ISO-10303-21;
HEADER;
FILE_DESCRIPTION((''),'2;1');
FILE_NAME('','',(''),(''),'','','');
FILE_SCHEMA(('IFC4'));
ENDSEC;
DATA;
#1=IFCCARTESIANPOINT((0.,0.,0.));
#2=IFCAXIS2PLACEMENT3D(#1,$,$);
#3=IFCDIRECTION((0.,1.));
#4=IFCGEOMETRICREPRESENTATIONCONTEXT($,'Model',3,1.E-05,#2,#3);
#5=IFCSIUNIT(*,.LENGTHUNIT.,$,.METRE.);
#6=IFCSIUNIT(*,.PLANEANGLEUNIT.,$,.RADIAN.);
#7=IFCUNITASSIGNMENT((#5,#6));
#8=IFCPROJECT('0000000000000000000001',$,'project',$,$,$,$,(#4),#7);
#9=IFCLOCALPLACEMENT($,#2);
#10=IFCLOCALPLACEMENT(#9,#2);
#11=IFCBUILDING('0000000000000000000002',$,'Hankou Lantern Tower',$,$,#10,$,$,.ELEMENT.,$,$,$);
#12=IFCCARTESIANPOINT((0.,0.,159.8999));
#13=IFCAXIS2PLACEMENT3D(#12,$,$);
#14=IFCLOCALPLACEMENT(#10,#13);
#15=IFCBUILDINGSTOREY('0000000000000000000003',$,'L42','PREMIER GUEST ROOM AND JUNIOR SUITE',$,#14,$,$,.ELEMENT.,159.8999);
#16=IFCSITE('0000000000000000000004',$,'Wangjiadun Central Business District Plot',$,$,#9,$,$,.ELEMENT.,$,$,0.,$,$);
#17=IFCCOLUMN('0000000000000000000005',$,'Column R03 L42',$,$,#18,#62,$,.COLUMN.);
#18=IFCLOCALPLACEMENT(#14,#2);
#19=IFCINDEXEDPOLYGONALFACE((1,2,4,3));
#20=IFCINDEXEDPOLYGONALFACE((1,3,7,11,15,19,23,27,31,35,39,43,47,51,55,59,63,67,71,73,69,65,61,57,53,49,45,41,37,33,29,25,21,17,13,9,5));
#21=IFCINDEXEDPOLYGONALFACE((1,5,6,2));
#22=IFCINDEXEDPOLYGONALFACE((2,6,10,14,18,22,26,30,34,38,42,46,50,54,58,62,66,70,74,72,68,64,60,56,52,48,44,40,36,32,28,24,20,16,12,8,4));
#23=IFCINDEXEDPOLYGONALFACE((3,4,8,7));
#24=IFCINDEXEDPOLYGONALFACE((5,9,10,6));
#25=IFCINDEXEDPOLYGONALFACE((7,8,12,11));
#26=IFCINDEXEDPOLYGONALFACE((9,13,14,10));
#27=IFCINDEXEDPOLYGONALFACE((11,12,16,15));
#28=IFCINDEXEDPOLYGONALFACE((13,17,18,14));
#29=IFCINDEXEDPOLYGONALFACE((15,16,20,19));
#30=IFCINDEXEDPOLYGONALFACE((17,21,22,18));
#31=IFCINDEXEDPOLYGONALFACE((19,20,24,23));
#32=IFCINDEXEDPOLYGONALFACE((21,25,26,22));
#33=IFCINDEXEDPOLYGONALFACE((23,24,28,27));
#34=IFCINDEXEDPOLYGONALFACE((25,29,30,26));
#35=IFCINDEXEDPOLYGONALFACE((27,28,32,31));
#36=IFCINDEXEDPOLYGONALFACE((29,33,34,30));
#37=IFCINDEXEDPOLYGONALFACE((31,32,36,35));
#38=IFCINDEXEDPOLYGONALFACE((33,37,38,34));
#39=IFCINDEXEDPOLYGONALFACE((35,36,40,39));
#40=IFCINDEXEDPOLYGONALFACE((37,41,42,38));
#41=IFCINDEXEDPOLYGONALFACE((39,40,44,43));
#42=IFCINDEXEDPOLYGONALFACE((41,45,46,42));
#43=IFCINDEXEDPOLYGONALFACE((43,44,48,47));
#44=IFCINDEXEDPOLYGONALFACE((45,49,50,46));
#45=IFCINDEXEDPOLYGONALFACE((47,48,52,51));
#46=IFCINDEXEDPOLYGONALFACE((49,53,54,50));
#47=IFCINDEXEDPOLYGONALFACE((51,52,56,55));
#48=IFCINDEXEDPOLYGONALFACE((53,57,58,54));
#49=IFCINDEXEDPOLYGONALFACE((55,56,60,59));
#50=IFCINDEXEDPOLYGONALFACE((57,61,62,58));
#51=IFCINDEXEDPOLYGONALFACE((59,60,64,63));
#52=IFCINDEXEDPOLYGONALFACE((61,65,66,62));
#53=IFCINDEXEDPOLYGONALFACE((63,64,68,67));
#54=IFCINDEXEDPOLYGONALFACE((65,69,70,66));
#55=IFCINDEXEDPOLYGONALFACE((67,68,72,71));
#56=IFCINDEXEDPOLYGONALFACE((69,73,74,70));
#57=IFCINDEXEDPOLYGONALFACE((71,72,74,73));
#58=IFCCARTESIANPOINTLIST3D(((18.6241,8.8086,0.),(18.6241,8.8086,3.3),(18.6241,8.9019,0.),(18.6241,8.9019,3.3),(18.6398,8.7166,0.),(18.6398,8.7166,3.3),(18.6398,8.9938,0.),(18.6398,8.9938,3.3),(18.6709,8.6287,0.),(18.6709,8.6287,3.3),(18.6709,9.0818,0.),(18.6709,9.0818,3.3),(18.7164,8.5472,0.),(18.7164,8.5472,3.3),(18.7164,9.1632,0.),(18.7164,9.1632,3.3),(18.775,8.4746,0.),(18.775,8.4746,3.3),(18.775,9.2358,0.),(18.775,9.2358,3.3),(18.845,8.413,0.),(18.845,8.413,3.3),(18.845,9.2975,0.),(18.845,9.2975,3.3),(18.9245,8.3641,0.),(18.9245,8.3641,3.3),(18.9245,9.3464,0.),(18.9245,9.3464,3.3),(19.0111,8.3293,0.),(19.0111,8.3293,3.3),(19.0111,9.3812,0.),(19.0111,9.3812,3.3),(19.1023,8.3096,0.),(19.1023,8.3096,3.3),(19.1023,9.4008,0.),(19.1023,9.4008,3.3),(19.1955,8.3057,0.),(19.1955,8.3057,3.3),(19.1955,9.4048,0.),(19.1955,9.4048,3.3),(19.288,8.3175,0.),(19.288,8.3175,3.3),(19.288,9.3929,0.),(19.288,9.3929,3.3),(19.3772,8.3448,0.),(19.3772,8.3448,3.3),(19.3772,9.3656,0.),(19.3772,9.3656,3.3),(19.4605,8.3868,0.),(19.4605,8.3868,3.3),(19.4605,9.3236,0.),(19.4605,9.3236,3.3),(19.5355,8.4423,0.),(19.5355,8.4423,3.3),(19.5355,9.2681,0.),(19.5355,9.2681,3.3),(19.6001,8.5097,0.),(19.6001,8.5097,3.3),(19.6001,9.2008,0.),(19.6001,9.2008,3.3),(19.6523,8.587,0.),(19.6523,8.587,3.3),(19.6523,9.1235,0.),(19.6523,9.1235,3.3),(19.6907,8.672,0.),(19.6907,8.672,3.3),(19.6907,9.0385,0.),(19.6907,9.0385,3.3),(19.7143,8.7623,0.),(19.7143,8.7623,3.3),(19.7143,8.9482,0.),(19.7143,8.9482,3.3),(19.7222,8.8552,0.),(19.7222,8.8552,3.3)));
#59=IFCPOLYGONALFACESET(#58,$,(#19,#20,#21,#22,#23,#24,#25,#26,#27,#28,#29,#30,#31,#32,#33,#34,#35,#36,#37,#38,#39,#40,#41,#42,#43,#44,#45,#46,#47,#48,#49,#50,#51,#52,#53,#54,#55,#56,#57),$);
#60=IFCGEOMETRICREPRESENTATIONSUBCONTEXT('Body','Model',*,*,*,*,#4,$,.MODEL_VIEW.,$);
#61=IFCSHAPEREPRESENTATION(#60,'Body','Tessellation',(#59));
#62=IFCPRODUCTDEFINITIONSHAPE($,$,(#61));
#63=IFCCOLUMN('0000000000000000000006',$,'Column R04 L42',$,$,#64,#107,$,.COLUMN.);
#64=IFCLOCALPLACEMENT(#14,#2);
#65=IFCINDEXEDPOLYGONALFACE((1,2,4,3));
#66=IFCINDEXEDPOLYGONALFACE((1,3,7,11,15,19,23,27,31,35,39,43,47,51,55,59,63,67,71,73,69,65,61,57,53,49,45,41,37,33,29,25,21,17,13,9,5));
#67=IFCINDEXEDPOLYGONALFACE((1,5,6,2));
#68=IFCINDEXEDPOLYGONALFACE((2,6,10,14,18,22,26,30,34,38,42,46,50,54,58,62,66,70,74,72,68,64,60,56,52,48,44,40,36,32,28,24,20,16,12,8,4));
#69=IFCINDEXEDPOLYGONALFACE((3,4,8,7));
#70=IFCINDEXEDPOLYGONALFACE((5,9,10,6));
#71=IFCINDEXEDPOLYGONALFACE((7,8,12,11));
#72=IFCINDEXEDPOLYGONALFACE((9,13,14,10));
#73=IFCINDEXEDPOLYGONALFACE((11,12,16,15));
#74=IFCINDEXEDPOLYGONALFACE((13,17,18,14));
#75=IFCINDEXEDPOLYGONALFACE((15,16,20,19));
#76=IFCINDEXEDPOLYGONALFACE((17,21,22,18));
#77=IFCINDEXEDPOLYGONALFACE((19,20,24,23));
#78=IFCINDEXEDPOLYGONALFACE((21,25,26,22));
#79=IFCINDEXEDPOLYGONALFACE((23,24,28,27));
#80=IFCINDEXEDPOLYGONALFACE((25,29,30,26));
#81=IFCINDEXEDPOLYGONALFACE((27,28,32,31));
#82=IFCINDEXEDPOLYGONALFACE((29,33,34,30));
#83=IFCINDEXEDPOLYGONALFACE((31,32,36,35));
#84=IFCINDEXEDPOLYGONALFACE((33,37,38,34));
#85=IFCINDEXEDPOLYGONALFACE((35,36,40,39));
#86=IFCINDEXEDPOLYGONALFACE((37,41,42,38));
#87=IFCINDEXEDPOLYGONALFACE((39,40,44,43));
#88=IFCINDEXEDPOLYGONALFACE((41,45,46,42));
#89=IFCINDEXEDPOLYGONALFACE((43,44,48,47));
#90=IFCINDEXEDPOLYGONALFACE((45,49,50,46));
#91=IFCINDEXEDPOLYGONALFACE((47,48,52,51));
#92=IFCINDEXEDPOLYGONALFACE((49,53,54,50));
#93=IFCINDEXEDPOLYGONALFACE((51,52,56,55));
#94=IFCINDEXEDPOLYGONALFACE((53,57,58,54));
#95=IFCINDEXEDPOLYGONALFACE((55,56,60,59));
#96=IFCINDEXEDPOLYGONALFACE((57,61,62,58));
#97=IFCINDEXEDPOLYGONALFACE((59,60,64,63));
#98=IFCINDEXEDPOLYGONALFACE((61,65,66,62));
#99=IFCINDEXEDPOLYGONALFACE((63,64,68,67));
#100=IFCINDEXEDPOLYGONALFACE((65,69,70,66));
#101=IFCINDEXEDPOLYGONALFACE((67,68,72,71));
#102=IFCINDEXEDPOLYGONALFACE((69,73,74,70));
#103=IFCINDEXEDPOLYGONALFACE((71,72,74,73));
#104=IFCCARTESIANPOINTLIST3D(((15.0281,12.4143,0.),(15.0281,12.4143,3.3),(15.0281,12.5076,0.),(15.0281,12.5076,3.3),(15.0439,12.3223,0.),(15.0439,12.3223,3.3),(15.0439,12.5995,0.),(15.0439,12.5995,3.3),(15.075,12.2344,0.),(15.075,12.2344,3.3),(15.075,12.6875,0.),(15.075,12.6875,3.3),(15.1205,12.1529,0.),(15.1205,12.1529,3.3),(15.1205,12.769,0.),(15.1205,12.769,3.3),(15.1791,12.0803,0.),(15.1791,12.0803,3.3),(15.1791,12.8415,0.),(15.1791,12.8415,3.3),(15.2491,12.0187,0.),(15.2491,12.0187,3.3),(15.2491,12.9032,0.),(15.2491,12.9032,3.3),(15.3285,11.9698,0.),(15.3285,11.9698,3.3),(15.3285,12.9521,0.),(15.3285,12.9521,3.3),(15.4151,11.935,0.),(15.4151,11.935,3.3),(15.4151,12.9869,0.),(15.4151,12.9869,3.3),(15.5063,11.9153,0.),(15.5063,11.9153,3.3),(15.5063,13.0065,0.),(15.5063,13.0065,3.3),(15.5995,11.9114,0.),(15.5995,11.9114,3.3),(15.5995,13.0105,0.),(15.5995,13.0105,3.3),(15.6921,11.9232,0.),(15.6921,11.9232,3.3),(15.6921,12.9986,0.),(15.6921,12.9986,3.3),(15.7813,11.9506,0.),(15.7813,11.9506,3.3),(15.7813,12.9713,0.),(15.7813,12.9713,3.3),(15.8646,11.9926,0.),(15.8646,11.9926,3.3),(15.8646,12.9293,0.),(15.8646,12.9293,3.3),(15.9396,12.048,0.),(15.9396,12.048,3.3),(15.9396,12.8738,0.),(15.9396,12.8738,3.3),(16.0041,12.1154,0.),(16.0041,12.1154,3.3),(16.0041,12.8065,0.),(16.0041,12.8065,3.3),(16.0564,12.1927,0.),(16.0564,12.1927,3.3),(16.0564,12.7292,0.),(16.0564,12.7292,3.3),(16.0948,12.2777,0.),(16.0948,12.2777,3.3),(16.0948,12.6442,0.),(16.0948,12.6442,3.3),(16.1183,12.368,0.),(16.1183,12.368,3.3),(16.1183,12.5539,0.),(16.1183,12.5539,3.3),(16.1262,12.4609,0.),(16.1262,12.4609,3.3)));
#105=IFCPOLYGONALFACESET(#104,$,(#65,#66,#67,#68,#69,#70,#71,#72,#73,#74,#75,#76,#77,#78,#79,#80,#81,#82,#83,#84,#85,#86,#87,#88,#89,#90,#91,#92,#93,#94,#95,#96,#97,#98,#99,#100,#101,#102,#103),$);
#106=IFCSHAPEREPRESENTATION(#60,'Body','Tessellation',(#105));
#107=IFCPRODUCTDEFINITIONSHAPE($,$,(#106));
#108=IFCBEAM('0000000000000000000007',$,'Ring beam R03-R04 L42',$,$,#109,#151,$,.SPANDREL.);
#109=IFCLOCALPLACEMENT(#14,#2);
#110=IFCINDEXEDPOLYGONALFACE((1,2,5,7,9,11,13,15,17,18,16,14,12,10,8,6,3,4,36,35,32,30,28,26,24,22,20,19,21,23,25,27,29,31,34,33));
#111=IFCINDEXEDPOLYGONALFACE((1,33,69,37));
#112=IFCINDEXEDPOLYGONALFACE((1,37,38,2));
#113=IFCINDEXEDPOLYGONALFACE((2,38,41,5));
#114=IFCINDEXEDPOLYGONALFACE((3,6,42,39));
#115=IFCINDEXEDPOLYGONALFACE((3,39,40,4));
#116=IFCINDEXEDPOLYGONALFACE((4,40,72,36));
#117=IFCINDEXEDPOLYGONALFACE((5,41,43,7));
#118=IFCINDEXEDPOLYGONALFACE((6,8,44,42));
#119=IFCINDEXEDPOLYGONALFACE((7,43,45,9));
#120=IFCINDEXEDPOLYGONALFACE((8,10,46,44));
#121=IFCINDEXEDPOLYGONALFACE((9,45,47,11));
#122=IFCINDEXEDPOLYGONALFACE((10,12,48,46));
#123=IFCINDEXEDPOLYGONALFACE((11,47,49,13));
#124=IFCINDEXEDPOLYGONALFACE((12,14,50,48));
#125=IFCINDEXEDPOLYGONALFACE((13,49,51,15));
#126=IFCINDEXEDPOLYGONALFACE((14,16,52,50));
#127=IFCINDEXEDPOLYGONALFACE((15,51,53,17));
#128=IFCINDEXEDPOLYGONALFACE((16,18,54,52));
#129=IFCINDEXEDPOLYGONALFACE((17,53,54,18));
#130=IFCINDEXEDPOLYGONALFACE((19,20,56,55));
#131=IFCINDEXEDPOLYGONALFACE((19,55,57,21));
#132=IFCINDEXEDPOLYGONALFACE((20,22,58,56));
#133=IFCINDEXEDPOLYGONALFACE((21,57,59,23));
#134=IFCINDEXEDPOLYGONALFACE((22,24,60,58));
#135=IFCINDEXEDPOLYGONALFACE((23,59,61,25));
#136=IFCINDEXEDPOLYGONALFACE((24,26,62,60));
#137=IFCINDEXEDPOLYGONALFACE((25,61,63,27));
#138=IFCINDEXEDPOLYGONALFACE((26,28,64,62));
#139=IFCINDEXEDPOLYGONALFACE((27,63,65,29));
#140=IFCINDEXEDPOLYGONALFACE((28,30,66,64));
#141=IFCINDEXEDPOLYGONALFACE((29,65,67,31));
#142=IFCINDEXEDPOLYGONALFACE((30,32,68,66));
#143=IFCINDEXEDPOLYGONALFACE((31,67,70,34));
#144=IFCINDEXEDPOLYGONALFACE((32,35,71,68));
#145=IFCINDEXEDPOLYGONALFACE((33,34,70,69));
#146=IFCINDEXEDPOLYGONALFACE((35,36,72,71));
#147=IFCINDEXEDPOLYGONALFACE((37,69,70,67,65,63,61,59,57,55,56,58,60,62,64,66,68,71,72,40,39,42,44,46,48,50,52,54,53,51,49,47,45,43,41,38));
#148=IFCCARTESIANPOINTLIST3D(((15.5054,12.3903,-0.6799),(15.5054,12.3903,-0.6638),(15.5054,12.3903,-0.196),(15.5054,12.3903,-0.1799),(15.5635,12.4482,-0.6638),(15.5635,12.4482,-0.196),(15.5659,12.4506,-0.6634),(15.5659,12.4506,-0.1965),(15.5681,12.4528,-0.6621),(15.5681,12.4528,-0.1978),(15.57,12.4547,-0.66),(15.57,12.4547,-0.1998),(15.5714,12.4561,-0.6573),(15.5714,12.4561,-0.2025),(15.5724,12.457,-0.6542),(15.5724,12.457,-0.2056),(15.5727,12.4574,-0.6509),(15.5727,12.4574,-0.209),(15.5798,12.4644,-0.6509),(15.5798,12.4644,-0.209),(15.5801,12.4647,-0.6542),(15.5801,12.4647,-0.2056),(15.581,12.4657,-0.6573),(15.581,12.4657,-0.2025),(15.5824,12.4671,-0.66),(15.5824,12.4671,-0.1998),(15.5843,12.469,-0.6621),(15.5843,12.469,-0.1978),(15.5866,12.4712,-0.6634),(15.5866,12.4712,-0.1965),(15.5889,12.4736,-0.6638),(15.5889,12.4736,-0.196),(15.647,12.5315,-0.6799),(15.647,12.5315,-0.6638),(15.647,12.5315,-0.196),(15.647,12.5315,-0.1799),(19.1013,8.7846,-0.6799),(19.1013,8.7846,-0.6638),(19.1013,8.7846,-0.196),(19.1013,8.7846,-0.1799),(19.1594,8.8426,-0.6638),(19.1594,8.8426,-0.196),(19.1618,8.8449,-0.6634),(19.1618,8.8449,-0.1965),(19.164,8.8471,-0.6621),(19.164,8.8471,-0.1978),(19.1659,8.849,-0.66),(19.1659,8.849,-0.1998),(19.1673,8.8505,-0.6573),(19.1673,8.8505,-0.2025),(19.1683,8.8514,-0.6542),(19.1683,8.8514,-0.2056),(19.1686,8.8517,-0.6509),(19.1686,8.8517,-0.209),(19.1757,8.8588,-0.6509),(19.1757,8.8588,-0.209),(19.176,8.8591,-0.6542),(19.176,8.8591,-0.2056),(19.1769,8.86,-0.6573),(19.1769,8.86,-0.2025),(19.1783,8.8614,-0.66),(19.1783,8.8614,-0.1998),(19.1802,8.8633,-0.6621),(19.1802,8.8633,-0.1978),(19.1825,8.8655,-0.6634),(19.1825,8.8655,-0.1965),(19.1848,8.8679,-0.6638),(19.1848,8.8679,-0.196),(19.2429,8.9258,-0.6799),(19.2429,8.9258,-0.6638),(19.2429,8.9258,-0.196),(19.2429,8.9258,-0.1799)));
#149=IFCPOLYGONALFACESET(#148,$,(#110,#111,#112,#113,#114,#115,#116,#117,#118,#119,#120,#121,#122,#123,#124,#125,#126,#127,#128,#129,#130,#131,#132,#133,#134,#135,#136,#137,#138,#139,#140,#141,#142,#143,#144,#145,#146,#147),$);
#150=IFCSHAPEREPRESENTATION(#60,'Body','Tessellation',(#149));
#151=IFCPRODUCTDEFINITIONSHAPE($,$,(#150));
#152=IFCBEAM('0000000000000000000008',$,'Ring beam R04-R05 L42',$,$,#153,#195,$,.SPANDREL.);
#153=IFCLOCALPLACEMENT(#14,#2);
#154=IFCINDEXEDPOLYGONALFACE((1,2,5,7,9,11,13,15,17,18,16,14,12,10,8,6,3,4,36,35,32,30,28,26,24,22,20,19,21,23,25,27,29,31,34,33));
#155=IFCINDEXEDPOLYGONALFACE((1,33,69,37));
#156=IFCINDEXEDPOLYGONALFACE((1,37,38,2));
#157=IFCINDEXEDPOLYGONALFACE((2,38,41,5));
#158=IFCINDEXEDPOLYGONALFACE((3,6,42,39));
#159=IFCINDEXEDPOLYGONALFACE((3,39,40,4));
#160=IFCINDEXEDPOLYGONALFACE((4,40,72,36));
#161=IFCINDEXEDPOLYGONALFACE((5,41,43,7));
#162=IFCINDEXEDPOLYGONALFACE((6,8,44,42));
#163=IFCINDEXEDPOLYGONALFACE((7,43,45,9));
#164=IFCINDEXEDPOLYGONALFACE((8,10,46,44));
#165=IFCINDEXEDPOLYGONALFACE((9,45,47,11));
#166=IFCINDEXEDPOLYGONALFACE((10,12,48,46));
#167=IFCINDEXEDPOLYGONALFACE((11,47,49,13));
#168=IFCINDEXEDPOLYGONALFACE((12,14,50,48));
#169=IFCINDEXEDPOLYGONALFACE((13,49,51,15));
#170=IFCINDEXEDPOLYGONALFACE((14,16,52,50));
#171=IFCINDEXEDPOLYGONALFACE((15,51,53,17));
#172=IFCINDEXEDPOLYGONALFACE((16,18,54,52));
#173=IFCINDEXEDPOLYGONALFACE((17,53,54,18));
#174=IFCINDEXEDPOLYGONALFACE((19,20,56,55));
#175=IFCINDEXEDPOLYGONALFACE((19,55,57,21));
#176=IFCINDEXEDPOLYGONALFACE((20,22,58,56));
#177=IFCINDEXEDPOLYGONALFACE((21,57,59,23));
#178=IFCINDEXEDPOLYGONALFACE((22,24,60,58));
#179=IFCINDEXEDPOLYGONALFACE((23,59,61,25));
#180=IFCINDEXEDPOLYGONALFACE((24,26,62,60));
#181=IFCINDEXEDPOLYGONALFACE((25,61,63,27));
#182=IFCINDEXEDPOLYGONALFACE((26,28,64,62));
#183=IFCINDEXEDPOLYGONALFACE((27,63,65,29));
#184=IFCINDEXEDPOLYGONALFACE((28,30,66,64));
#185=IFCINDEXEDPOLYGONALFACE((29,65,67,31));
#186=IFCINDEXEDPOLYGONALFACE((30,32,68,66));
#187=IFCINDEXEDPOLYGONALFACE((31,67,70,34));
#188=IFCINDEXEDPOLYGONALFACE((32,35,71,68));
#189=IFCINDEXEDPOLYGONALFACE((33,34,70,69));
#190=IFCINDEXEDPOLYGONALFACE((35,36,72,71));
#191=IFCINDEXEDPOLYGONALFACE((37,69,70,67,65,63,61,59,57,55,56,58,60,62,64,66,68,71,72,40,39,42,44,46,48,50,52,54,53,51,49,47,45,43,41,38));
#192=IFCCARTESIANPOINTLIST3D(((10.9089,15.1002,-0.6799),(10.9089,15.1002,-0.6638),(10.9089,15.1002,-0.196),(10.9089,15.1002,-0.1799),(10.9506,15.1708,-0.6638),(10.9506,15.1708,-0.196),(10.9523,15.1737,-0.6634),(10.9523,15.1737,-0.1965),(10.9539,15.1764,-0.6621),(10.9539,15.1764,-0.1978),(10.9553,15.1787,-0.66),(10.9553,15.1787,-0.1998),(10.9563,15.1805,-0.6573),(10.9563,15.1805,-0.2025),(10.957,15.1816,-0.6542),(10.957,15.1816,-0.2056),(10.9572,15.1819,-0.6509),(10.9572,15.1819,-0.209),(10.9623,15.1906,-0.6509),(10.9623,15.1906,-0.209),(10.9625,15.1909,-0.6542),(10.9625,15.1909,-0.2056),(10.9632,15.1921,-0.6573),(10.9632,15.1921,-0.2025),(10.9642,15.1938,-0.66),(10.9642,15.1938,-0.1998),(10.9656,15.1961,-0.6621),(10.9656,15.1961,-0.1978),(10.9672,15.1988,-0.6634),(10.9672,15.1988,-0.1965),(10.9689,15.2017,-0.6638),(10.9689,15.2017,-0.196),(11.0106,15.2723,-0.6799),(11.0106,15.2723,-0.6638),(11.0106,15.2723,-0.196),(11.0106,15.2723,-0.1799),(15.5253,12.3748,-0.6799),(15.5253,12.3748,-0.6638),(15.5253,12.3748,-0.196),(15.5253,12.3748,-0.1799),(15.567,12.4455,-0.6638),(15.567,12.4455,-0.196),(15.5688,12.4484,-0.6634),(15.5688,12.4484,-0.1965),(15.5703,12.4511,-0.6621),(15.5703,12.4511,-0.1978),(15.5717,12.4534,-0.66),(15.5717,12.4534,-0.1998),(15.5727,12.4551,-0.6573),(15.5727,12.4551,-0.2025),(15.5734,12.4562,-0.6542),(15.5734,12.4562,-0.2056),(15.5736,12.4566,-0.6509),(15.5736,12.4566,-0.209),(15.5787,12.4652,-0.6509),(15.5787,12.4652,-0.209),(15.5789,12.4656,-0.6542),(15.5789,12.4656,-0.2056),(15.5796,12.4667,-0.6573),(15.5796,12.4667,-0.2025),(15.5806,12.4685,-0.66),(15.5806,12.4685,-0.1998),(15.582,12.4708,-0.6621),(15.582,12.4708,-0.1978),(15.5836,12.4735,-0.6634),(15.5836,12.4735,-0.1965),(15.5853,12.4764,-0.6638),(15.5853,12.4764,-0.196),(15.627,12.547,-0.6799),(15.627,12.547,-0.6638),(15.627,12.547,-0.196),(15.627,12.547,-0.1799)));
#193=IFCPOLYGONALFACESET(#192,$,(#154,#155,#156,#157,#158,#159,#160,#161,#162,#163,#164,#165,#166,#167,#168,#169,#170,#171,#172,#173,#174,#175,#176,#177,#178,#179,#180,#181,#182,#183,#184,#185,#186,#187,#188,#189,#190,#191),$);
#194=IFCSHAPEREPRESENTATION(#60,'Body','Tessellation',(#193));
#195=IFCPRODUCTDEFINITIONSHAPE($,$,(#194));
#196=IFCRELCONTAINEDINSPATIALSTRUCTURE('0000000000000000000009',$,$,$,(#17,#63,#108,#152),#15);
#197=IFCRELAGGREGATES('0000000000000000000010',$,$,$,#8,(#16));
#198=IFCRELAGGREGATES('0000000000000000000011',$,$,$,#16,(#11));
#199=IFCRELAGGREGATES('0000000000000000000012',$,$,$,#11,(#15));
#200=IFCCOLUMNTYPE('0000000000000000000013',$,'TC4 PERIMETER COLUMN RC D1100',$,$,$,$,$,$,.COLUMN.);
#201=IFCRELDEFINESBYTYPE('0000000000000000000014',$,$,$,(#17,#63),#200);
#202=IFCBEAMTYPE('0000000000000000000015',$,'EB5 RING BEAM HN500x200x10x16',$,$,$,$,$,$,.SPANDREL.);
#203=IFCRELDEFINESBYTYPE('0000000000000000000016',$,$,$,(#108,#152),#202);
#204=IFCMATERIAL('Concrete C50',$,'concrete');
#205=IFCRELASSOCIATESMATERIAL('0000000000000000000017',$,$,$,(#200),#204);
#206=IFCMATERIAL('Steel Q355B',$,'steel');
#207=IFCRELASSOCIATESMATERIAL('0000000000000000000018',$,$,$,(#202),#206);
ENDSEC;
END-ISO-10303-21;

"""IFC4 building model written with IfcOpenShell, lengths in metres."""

from ifc_helpers import new_model, si_unit, direction, frame, origin, origin_2d, place, context, subcontext, project, spatial, circle, i_section, extrude, material, material_profile, profile_set, type_object, element, save


model = new_model("IFC4")

# Units and contexts
model_context = context("Model", 3, precision=1e-05, world=origin(), true_north=direction((0.0, 1.0)))
body_context = subcontext(model_context, "Body", "Model", "MODEL_VIEW")
ifc_project = project(units=[si_unit("LENGTHUNIT", "METRE"), si_unit("PLANEANGLEUNIT", "RADIAN")], contexts=[model_context])

# Site, building, storey
site_placement = place(None, origin())
site = spatial("IfcSite", under=ifc_project, at=site_placement, Name="Wangjiadun Central Business District Plot", CompositionType="ELEMENT", RefElevation=0.0)
building_placement = place(site_placement, origin())
building = spatial("IfcBuilding", under=site, at=building_placement, Name="Hankou Lantern Tower", CompositionType="ELEMENT")
storey_placement = place(building_placement, frame((0.0, 0.0, 159.8999)))
storey = spatial("IfcBuildingStorey", under=building, at=storey_placement, Name="L42", Description="PREMIER GUEST ROOM AND JUNIOR SUITE", CompositionType="ELEMENT", Elevation=159.8999)

# Columns
ifc_material_1 = material(Name="Concrete C50", Category="concrete")
ifc_material_profile_1 = material_profile(ifc_material_1, circle(Radius=0.55, at=origin_2d()), Name="RC D1100")
ifc_profile_set_1 = profile_set([ifc_material_profile_1], Name="Concrete C50")
column_type = type_object("IfcColumnType", Name="TC4 PERIMETER COLUMN RC D1100", PredefinedType="COLUMN", material=ifc_profile_set_1)
for number, where, z_axis, x_axis, name in (
    (1, (19.1721, 8.8552, 0.0), (0.0, 0.0, 1.0), (1.0, 0.0, 0.0), "Column R03 L42"),
    (2, (15.5762, 12.4609, 0.0), (0.0, 0.0, 1.0), (1.0, 0.0, 0.0), "Column R04 L42"),
):
    element("IfcColumn", number, at=place(storey_placement, frame(where, z_axis=z_axis, x_axis=x_axis)), inside=storey, type_object=column_type, Name=name, PredefinedType="COLUMN", context=body_context, shape_type="SweptSolid", body=[
        extrude(circle(Radius=0.55, at=origin_2d()), origin(), (0.0, 0.0, 1.0), 3.3),
    ])

# Beams
ifc_material_2 = material(Name="Steel Q355B", Category="steel")
ifc_material_profile_2 = material_profile(ifc_material_2, i_section(OverallWidth=0.2, OverallDepth=0.5, WebThickness=0.01, FlangeThickness=0.0161, FilletRadius=0.0129, at=origin_2d()), Name="HN500x200x10x16")
ifc_profile_set_2 = profile_set([ifc_material_profile_2], Name="Steel Q355B")
beam_type_1 = type_object("IfcBeamType", Name="EB5 RING BEAM HN500x200x10x16", PredefinedType="SPANDREL", material=ifc_profile_set_2)
beam_1_placement = place(storey_placement, frame((19.1721, 8.8552, -0.4299), z_axis=(-0.706147, 0.708065, 0.0), x_axis=(-0.708065, -0.706147, 0.0)))
element("IfcBeam", 3, at=beam_1_placement, inside=storey, type_object=beam_type_1, Name="Ring beam R03-R04 L42", PredefinedType="SPANDREL", context=body_context, shape_type="SweptSolid", body=[
    extrude(i_section(OverallWidth=0.2, OverallDepth=0.5, WebThickness=0.01, FlangeThickness=0.0161, FilletRadius=0.0129, at=origin_2d()), origin(), (0.0, 0.0, 1.0), 5.0923),
])
beam_2_placement = place(storey_placement, frame((15.5762, 12.4609, -0.4299), z_axis=(-0.861136, 0.508375, 0.0), x_axis=(-0.508375, -0.861136, 0.0)))
element("IfcBeam", 4, at=beam_2_placement, inside=storey, type_object=beam_type_1, Name="Ring beam R04-R05 L42", PredefinedType="SPANDREL", context=body_context, shape_type="SweptSolid", body=[
    extrude(i_section(OverallWidth=0.2, OverallDepth=0.5, WebThickness=0.01, FlangeThickness=0.0161, FilletRadius=0.0129, at=origin_2d()), origin(), (0.0, 0.0, 1.0), 5.3608),
])

save(model, "model.ifc")
